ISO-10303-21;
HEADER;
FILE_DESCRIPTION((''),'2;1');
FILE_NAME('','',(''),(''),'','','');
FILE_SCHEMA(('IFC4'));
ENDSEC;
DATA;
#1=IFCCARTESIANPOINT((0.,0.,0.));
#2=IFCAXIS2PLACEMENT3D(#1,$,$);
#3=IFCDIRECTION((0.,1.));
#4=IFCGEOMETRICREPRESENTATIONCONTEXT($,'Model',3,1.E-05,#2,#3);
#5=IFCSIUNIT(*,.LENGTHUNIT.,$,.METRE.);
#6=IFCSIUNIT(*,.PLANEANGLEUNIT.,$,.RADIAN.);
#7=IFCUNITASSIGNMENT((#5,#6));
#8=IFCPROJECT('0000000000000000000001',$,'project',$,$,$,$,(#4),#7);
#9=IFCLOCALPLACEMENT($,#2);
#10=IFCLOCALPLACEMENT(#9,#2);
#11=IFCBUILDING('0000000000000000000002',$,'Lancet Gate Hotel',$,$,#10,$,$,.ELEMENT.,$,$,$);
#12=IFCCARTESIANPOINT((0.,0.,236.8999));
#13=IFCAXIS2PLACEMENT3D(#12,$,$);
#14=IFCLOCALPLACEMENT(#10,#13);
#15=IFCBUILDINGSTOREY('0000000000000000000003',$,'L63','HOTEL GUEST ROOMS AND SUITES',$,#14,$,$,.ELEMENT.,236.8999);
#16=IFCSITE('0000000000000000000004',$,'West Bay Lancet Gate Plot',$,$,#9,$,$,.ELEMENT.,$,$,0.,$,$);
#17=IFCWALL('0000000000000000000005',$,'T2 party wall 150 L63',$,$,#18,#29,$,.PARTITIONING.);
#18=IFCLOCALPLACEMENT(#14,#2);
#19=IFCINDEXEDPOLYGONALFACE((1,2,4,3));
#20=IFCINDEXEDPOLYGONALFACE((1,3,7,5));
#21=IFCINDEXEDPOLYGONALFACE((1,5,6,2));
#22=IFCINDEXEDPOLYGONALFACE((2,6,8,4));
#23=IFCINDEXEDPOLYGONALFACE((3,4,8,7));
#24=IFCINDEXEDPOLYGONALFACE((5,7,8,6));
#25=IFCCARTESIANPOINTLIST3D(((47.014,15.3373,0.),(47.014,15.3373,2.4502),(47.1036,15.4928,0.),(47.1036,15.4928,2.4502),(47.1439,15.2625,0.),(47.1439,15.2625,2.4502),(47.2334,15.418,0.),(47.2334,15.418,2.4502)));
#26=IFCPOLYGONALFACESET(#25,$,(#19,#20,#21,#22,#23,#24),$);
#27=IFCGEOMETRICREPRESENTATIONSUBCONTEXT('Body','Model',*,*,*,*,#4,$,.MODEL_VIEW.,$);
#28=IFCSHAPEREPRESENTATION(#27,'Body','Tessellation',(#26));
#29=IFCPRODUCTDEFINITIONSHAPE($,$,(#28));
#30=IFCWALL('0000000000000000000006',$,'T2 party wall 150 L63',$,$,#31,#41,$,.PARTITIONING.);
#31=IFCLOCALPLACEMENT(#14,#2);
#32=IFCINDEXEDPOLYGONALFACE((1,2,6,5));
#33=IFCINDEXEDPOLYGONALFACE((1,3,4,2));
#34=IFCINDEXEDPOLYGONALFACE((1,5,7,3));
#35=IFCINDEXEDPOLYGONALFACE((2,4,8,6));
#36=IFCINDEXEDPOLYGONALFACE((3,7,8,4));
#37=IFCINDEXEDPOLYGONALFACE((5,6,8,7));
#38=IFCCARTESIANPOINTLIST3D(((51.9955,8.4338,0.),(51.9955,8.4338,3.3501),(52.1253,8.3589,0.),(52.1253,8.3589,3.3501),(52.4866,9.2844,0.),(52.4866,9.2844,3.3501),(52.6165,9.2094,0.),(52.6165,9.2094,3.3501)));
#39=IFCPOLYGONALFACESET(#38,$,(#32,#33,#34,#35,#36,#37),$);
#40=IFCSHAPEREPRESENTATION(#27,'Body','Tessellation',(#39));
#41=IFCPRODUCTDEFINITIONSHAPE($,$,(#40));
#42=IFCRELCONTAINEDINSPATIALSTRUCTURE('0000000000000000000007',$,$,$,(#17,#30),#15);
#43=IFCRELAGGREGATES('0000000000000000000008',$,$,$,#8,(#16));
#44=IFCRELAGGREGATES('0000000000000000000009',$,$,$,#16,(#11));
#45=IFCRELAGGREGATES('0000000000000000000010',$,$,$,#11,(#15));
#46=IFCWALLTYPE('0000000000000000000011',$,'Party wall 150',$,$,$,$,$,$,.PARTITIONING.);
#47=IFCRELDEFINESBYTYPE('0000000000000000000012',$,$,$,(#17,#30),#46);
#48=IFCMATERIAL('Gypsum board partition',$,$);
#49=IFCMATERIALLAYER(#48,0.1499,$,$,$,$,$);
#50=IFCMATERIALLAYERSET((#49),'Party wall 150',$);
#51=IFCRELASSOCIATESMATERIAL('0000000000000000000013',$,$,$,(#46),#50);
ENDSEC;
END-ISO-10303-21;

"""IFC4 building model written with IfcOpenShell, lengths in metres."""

from ifc_helpers import new_model, si_unit, direction, frame, frame_2d, origin, place, context, subcontext, project, spatial, rectangle, extrude, material, layer, layer_set, type_object, element, save


model = new_model("IFC4")

# Units and contexts
model_context = context("Model", 3, precision=1e-05, world=origin(), true_north=direction((0.0, 1.0)))
body_context = subcontext(model_context, "Body", "Model", "MODEL_VIEW")
ifc_project = project(units=[si_unit("LENGTHUNIT", "METRE"), si_unit("PLANEANGLEUNIT", "RADIAN")], contexts=[model_context])

# Site, building, storey
site_placement = place(None, origin())
site = spatial("IfcSite", under=ifc_project, at=site_placement, Name="West Bay Lancet Gate Plot", CompositionType="ELEMENT", RefElevation=0.0)
building_placement = place(site_placement, origin())
building = spatial("IfcBuilding", under=site, at=building_placement, Name="Lancet Gate Hotel", CompositionType="ELEMENT")
storey_placement = place(building_placement, frame((0.0, 0.0, 236.8999)))
storey = spatial("IfcBuildingStorey", under=building, at=storey_placement, Name="L63", Description="HOTEL GUEST ROOMS AND SUITES", CompositionType="ELEMENT", Elevation=236.8999)

# Walls
ifc_material_1 = material(Name="Gypsum board partition")
ifc_layer_1 = layer(ifc_material_1, 0.1499)
ifc_layer_set_1 = layer_set([ifc_layer_1], Name="Party wall 150")
wall_type_1 = type_object("IfcWallType", Name="Party wall 150", PredefinedType="PARTITIONING", material=ifc_layer_set_1)
wall_1_placement = place(storey_placement, frame((47.0789, 15.2998, 0.0), z_axis=(0.0, 0.0, 1.0), x_axis=(0.499212, 0.86648, 0.0)))
element("IfcWall", 1, at=wall_1_placement, inside=storey, type_object=wall_type_1, Name="T2 party wall 150 L63", PredefinedType="PARTITIONING", context=body_context, shape_type="SweptSolid", body=[
    extrude(rectangle(XDim=0.1794, YDim=0.1499, at=frame_2d((0.0898, 0.0))), origin(), (0.0, 0.0, 1.0), 2.4502),
])
wall_2_placement = place(storey_placement, frame((52.0603, 8.3962, 0.0), z_axis=(0.0, 0.0, 1.0), x_axis=(0.500095, 0.86597, 0.0)))
element("IfcWall", 2, at=wall_2_placement, inside=storey, type_object=wall_type_1, Name="T2 party wall 150 L63", PredefinedType="PARTITIONING", context=body_context, shape_type="SweptSolid", body=[
    extrude(rectangle(XDim=0.9822, YDim=0.1499, at=frame_2d((0.4912, 0.0))), origin(), (0.0, 0.0, 1.0), 3.3501),
])

save(model, "model.ifc")
